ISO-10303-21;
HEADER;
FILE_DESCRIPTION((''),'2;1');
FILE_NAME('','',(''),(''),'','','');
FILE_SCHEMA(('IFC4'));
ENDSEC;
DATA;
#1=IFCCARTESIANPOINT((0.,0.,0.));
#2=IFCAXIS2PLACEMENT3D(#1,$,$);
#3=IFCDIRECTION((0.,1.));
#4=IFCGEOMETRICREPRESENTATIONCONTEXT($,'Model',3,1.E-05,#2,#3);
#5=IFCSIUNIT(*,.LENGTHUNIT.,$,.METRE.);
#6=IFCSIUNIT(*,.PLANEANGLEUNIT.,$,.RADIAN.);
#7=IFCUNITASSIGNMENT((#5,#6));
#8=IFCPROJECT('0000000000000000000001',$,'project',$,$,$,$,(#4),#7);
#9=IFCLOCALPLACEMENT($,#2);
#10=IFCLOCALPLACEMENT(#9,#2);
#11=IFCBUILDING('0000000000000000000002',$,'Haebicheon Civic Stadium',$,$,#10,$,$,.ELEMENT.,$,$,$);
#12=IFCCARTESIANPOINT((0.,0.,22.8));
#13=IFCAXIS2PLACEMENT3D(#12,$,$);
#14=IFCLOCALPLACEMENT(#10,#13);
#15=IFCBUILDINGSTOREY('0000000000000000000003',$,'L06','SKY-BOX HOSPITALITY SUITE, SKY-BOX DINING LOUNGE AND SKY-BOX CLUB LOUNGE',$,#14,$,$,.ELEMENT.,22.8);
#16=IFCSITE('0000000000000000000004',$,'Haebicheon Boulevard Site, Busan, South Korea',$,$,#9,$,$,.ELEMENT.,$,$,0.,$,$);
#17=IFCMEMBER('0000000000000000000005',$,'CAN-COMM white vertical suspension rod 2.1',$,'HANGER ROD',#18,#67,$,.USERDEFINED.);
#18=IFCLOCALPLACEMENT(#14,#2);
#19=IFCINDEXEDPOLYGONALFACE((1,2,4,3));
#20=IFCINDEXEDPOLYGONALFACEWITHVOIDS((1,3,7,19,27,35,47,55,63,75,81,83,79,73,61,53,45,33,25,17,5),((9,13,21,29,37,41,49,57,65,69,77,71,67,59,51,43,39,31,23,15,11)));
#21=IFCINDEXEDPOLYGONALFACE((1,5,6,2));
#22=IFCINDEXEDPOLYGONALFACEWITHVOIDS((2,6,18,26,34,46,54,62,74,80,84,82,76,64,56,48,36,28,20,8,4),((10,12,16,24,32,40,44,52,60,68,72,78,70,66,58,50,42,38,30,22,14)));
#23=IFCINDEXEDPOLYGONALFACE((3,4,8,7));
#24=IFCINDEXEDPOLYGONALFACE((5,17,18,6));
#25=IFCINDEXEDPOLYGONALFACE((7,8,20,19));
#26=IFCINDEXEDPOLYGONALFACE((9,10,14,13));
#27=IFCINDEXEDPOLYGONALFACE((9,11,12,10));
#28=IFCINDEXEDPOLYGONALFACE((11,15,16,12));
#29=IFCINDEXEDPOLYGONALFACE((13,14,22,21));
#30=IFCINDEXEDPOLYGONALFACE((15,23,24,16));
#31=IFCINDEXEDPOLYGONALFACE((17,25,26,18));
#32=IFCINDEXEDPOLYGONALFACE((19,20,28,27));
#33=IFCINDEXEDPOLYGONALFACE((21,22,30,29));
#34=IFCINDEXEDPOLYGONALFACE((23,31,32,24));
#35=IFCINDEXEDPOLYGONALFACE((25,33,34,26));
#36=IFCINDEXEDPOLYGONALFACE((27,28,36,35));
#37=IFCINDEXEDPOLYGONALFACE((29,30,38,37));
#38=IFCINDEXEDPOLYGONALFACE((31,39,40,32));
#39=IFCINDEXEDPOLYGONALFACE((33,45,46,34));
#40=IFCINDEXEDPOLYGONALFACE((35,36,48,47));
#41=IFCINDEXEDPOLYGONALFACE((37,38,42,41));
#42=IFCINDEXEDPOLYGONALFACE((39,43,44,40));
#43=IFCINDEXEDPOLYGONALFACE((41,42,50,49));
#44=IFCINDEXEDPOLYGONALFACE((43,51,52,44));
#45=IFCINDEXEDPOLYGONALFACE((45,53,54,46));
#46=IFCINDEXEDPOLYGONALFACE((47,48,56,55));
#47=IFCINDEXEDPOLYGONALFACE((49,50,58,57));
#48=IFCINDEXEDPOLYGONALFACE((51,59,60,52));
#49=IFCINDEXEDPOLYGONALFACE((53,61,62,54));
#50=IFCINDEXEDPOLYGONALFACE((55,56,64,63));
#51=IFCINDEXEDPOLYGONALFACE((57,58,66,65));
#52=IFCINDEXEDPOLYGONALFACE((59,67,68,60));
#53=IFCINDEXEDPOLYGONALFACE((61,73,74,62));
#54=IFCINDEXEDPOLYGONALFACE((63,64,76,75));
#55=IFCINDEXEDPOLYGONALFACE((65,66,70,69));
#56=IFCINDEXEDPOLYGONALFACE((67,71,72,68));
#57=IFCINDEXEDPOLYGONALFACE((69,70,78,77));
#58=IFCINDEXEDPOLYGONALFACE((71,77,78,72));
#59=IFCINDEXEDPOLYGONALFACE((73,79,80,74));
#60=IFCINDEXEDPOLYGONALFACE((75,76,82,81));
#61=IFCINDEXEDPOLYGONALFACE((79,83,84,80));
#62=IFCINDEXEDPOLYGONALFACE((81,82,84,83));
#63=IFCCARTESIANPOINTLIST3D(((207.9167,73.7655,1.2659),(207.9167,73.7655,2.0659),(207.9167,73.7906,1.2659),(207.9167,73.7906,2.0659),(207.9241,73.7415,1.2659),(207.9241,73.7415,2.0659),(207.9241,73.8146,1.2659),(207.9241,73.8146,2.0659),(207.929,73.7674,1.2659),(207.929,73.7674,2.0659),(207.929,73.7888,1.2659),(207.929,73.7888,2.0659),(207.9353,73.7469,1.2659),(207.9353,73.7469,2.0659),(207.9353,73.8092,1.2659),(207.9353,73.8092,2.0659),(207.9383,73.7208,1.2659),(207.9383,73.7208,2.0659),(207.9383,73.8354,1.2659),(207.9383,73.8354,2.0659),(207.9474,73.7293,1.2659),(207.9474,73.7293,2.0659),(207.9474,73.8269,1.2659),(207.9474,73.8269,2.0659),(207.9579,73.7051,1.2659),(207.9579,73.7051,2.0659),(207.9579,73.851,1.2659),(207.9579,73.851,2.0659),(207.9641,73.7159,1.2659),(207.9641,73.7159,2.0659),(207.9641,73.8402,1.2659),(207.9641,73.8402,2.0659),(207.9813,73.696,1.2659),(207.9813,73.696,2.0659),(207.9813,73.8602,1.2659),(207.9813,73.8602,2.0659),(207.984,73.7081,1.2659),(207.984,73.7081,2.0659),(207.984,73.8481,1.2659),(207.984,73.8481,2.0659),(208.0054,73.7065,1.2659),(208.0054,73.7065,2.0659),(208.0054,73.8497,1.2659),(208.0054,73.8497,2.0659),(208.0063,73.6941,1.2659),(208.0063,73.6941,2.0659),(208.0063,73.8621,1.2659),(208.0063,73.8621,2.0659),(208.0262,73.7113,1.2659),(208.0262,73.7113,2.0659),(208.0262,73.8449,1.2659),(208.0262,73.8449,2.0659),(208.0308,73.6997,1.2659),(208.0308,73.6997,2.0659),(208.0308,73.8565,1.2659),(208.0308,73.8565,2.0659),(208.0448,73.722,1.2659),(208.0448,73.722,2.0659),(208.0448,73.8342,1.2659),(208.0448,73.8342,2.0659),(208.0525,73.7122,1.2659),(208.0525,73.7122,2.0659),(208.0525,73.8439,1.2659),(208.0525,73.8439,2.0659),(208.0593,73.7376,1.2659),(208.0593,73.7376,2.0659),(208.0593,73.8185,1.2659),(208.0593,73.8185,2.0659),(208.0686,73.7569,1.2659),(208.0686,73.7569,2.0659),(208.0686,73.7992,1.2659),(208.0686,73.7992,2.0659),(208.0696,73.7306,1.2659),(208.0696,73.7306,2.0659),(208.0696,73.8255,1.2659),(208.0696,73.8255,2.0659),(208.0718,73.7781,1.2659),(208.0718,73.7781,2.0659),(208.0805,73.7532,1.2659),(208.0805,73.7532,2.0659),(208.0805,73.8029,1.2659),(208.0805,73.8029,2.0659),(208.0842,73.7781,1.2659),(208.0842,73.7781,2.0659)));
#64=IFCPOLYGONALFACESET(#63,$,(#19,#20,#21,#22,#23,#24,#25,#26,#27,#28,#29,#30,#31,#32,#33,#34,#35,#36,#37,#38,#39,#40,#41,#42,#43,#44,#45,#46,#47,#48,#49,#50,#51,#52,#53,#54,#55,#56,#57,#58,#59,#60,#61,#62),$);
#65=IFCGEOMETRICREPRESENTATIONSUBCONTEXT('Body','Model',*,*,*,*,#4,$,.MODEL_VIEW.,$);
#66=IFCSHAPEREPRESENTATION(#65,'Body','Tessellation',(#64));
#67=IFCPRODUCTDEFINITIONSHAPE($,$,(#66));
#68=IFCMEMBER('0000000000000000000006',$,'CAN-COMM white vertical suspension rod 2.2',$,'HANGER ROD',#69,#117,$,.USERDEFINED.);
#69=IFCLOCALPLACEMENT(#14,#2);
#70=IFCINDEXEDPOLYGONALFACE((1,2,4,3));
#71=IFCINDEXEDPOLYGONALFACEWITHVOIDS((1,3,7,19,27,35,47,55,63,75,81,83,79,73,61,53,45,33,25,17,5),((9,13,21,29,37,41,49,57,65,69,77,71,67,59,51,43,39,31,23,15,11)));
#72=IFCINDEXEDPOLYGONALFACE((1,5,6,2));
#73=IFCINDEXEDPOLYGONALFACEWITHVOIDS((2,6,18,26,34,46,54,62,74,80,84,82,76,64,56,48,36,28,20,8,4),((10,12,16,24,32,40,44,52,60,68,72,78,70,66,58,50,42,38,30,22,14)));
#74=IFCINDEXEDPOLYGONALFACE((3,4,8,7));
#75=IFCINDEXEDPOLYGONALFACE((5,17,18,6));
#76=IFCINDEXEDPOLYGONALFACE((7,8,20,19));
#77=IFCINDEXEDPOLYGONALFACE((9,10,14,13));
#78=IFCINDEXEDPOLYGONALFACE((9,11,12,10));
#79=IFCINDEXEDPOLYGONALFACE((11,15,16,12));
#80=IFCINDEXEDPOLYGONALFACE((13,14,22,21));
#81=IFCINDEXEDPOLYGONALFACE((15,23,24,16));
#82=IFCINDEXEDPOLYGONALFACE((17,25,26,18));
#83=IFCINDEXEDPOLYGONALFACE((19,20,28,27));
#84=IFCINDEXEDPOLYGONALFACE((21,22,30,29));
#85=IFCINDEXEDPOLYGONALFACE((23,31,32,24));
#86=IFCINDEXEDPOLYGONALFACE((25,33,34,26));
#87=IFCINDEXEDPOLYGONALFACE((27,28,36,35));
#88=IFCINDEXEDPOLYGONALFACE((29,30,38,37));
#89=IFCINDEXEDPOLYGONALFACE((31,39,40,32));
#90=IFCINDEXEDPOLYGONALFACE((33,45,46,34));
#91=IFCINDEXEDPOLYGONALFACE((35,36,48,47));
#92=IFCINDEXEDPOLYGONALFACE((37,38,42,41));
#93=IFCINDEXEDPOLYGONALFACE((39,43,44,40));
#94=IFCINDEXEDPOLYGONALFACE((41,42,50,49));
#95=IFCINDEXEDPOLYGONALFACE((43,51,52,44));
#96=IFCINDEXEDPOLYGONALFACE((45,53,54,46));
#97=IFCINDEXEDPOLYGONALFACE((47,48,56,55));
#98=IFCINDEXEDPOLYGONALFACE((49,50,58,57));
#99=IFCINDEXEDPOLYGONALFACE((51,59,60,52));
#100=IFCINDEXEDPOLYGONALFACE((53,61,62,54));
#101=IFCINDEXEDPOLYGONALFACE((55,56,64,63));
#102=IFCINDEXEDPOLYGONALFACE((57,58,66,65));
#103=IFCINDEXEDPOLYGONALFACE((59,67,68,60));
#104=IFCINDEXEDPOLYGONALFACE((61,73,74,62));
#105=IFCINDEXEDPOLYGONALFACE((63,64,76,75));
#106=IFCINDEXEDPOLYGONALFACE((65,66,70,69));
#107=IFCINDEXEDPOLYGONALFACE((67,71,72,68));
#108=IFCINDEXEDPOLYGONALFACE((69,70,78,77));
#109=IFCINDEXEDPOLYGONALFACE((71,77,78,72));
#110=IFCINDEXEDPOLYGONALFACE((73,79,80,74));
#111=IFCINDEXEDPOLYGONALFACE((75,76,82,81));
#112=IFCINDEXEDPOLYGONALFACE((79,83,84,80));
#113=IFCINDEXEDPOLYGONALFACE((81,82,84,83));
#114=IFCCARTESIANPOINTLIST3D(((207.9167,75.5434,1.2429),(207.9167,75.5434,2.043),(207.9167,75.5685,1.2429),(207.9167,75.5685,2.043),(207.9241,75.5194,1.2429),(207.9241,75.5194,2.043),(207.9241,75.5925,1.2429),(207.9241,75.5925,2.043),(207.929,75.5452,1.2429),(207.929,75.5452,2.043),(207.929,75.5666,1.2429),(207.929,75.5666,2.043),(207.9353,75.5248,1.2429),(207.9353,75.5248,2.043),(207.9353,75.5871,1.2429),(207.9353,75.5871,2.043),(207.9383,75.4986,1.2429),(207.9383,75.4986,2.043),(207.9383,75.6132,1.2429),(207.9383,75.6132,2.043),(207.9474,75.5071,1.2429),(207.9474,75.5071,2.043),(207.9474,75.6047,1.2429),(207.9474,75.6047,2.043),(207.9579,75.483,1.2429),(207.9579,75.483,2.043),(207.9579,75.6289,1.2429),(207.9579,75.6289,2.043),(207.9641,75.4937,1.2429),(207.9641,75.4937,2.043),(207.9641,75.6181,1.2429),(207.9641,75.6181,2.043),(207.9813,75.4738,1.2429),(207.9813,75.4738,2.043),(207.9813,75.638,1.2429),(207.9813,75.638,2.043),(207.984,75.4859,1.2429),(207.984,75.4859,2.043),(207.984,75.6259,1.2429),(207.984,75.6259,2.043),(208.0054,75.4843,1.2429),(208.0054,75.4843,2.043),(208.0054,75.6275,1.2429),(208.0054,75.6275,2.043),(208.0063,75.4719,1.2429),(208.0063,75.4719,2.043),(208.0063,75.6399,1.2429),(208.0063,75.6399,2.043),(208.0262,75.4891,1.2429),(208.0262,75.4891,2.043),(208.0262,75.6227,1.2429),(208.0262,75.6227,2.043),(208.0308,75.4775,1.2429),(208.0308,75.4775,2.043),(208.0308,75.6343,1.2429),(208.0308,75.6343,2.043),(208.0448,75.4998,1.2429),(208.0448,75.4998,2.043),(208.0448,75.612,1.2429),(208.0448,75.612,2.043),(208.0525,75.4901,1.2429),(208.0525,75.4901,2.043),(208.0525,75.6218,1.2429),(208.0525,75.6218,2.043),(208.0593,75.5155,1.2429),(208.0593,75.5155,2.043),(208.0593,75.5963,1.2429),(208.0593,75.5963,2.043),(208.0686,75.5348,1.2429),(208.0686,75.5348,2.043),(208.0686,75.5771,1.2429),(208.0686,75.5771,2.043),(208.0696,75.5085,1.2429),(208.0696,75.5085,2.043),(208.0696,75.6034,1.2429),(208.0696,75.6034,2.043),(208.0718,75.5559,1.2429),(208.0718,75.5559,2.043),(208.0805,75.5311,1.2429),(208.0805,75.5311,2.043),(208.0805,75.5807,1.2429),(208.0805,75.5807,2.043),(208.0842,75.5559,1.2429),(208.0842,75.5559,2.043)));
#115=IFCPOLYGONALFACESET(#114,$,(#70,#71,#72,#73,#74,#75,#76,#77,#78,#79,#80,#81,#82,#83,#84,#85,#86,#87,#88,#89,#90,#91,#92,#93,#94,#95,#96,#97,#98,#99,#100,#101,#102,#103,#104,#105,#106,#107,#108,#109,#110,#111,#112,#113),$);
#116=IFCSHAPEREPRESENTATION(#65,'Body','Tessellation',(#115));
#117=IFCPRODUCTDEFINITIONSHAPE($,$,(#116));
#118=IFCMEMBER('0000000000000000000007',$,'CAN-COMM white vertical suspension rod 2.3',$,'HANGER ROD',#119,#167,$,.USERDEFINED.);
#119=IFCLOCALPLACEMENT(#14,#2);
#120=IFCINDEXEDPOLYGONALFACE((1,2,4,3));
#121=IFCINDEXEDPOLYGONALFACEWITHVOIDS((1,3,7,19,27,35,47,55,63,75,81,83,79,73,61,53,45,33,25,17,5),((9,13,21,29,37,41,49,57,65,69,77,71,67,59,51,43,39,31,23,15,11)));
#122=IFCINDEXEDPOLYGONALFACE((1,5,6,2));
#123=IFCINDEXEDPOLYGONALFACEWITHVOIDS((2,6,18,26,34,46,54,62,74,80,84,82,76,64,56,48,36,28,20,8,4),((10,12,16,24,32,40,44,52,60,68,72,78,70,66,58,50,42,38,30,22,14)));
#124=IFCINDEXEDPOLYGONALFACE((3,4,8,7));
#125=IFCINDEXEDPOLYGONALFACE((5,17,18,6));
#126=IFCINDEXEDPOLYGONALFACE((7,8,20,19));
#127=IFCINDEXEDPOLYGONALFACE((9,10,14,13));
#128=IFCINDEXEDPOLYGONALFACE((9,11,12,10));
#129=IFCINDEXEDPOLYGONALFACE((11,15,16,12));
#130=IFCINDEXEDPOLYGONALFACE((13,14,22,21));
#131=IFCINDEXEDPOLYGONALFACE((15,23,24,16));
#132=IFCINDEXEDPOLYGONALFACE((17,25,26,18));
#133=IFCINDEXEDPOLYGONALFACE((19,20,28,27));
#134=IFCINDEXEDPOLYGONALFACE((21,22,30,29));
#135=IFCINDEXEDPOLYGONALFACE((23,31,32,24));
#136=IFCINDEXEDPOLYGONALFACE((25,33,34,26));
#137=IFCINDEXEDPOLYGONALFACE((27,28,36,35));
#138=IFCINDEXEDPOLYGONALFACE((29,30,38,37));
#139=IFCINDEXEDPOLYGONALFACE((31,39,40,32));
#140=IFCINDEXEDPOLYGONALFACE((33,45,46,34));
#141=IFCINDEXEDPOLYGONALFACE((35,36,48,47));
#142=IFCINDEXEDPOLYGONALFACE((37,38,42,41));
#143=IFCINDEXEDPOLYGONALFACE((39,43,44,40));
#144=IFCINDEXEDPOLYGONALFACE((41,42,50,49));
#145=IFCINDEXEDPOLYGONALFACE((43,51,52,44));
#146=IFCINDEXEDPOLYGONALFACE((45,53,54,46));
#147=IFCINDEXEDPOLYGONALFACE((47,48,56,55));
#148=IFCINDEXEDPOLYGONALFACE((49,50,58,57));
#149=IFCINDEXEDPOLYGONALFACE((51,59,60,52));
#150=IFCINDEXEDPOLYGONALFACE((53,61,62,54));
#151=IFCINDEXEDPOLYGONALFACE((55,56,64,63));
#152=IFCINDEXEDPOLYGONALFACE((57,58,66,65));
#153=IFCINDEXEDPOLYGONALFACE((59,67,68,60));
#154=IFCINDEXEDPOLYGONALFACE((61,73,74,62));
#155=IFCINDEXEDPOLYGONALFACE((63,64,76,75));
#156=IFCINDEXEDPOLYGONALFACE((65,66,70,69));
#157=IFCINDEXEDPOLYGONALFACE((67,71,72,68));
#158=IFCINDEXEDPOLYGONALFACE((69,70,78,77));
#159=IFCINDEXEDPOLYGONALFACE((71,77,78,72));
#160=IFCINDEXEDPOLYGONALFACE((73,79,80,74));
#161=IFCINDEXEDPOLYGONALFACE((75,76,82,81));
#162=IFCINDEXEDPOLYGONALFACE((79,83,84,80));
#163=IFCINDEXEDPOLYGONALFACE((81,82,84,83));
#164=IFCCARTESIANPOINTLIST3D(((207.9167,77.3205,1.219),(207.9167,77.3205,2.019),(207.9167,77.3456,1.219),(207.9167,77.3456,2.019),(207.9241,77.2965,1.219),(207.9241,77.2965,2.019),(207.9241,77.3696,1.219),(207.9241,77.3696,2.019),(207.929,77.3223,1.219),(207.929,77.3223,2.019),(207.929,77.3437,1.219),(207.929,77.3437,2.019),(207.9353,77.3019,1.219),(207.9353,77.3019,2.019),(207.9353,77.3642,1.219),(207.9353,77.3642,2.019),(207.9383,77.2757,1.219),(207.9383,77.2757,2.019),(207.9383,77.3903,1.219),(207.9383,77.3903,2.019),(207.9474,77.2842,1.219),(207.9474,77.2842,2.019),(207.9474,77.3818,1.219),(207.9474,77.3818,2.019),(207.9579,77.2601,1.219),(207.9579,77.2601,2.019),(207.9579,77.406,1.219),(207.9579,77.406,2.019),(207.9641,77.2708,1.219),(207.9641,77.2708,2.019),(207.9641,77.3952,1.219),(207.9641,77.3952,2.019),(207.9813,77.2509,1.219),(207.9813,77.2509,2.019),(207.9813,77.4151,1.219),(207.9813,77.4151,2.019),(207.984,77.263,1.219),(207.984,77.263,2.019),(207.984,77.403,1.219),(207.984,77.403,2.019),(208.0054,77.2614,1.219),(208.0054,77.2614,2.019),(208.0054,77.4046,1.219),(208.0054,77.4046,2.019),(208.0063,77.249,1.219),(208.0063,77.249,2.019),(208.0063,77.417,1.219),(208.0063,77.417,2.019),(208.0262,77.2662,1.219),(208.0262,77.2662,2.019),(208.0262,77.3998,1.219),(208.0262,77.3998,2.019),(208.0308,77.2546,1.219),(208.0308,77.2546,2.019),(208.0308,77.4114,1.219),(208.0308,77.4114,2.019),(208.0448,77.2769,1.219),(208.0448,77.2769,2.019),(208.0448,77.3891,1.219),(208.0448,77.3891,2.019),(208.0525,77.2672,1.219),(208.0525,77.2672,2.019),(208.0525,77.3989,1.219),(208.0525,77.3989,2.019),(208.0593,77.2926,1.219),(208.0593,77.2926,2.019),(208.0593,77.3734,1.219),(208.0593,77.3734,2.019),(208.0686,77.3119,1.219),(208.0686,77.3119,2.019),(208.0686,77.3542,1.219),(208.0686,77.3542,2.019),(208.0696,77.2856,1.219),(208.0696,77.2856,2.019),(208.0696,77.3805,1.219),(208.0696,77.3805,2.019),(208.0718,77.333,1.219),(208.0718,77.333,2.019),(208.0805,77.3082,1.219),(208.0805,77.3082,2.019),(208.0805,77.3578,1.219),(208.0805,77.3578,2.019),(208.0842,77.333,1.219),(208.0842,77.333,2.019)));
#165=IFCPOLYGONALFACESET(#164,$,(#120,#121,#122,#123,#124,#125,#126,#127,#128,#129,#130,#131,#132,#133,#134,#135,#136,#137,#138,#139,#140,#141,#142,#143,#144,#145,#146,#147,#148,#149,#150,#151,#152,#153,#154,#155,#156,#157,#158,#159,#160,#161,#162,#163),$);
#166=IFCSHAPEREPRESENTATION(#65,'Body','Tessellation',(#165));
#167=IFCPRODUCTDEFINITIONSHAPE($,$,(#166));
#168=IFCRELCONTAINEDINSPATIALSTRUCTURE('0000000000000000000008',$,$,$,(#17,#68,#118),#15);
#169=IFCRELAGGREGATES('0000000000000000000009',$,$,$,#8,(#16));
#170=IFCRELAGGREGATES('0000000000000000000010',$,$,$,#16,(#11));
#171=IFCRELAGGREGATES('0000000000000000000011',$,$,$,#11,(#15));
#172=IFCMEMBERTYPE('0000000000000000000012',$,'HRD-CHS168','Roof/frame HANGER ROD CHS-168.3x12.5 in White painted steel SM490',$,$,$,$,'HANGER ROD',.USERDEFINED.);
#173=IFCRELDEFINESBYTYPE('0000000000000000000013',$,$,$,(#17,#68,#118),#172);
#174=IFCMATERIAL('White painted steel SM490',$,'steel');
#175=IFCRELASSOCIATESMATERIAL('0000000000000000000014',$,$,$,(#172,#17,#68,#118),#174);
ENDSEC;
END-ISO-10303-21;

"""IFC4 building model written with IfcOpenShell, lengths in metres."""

from ifc_helpers import new_model, si_unit, direction, frame, origin, origin_2d, place, context, subcontext, project, spatial, hollow_circle, extrude, material, material_profile, profile_set, type_object, element, save


model = new_model("IFC4")

# Units and contexts
model_context = context("Model", 3, precision=1e-05, world=origin(), true_north=direction((0.0, 1.0)))
body_context = subcontext(model_context, "Body", "Model", "MODEL_VIEW")
ifc_project = project(units=[si_unit("LENGTHUNIT", "METRE"), si_unit("PLANEANGLEUNIT", "RADIAN")], contexts=[model_context])

# Site, building, storey
site_placement = place(None, origin())
site = spatial("IfcSite", under=ifc_project, at=site_placement, Name="Haebicheon Boulevard Site, Busan, South Korea", CompositionType="ELEMENT", RefElevation=0.0)
building_placement = place(site_placement, origin())
building = spatial("IfcBuilding", under=site, at=building_placement, Name="Haebicheon Civic Stadium", CompositionType="ELEMENT")
storey_placement = place(building_placement, frame((0.0, 0.0, 22.8)))
storey = spatial("IfcBuildingStorey", under=building, at=storey_placement, Name="L06", Description="SKY-BOX HOSPITALITY SUITE, SKY-BOX DINING LOUNGE AND SKY-BOX CLUB LOUNGE", CompositionType="ELEMENT", Elevation=22.8)

# Members
ifc_material_1 = material(Name="White painted steel SM490", Category="steel")
ifc_material_profile_1 = material_profile(ifc_material_1, hollow_circle(Radius=0.0842, WallThickness=0.0125, at=origin_2d()), Name="CHS-168.3x12.5")
ifc_profile_set_1 = profile_set([ifc_material_profile_1], Name="White painted steel SM490")
member_type_1 = type_object("IfcMemberType", Name="HRD-CHS168", Description="Roof/frame HANGER ROD CHS-168.3x12.5 in White painted steel SM490", ElementType="HANGER ROD", PredefinedType="USERDEFINED", material=ifc_profile_set_1)
for number, where, z_axis, x_axis, name in (
    (1, (208.0, 73.7781, 1.2659), (0.0, 0.0, 1.0), (1.0, 0.0, 0.0), "CAN-COMM white vertical suspension rod 2.1"),
    (2, (208.0, 75.5559, 1.2429), (0.0, 0.0, 1.0), (1.0, 0.0, 0.0), "CAN-COMM white vertical suspension rod 2.2"),
    (3, (208.0, 77.333, 1.219), (0.0, 0.0, 1.0), (1.0, 0.0, 0.0), "CAN-COMM white vertical suspension rod 2.3"),
):
    element("IfcMember", number, at=place(storey_placement, frame(where, z_axis=z_axis, x_axis=x_axis)), inside=storey, type_object=member_type_1, material=ifc_profile_set_1, Name=name, ObjectType="HANGER ROD", PredefinedType="USERDEFINED", context=body_context, shape_type="SweptSolid", body=[
        extrude(hollow_circle(Radius=0.0842, WallThickness=0.0125, at=origin_2d()), origin(), (0.0, 0.0, 1.0), 0.8),
    ])

save(model, "model.ifc")
